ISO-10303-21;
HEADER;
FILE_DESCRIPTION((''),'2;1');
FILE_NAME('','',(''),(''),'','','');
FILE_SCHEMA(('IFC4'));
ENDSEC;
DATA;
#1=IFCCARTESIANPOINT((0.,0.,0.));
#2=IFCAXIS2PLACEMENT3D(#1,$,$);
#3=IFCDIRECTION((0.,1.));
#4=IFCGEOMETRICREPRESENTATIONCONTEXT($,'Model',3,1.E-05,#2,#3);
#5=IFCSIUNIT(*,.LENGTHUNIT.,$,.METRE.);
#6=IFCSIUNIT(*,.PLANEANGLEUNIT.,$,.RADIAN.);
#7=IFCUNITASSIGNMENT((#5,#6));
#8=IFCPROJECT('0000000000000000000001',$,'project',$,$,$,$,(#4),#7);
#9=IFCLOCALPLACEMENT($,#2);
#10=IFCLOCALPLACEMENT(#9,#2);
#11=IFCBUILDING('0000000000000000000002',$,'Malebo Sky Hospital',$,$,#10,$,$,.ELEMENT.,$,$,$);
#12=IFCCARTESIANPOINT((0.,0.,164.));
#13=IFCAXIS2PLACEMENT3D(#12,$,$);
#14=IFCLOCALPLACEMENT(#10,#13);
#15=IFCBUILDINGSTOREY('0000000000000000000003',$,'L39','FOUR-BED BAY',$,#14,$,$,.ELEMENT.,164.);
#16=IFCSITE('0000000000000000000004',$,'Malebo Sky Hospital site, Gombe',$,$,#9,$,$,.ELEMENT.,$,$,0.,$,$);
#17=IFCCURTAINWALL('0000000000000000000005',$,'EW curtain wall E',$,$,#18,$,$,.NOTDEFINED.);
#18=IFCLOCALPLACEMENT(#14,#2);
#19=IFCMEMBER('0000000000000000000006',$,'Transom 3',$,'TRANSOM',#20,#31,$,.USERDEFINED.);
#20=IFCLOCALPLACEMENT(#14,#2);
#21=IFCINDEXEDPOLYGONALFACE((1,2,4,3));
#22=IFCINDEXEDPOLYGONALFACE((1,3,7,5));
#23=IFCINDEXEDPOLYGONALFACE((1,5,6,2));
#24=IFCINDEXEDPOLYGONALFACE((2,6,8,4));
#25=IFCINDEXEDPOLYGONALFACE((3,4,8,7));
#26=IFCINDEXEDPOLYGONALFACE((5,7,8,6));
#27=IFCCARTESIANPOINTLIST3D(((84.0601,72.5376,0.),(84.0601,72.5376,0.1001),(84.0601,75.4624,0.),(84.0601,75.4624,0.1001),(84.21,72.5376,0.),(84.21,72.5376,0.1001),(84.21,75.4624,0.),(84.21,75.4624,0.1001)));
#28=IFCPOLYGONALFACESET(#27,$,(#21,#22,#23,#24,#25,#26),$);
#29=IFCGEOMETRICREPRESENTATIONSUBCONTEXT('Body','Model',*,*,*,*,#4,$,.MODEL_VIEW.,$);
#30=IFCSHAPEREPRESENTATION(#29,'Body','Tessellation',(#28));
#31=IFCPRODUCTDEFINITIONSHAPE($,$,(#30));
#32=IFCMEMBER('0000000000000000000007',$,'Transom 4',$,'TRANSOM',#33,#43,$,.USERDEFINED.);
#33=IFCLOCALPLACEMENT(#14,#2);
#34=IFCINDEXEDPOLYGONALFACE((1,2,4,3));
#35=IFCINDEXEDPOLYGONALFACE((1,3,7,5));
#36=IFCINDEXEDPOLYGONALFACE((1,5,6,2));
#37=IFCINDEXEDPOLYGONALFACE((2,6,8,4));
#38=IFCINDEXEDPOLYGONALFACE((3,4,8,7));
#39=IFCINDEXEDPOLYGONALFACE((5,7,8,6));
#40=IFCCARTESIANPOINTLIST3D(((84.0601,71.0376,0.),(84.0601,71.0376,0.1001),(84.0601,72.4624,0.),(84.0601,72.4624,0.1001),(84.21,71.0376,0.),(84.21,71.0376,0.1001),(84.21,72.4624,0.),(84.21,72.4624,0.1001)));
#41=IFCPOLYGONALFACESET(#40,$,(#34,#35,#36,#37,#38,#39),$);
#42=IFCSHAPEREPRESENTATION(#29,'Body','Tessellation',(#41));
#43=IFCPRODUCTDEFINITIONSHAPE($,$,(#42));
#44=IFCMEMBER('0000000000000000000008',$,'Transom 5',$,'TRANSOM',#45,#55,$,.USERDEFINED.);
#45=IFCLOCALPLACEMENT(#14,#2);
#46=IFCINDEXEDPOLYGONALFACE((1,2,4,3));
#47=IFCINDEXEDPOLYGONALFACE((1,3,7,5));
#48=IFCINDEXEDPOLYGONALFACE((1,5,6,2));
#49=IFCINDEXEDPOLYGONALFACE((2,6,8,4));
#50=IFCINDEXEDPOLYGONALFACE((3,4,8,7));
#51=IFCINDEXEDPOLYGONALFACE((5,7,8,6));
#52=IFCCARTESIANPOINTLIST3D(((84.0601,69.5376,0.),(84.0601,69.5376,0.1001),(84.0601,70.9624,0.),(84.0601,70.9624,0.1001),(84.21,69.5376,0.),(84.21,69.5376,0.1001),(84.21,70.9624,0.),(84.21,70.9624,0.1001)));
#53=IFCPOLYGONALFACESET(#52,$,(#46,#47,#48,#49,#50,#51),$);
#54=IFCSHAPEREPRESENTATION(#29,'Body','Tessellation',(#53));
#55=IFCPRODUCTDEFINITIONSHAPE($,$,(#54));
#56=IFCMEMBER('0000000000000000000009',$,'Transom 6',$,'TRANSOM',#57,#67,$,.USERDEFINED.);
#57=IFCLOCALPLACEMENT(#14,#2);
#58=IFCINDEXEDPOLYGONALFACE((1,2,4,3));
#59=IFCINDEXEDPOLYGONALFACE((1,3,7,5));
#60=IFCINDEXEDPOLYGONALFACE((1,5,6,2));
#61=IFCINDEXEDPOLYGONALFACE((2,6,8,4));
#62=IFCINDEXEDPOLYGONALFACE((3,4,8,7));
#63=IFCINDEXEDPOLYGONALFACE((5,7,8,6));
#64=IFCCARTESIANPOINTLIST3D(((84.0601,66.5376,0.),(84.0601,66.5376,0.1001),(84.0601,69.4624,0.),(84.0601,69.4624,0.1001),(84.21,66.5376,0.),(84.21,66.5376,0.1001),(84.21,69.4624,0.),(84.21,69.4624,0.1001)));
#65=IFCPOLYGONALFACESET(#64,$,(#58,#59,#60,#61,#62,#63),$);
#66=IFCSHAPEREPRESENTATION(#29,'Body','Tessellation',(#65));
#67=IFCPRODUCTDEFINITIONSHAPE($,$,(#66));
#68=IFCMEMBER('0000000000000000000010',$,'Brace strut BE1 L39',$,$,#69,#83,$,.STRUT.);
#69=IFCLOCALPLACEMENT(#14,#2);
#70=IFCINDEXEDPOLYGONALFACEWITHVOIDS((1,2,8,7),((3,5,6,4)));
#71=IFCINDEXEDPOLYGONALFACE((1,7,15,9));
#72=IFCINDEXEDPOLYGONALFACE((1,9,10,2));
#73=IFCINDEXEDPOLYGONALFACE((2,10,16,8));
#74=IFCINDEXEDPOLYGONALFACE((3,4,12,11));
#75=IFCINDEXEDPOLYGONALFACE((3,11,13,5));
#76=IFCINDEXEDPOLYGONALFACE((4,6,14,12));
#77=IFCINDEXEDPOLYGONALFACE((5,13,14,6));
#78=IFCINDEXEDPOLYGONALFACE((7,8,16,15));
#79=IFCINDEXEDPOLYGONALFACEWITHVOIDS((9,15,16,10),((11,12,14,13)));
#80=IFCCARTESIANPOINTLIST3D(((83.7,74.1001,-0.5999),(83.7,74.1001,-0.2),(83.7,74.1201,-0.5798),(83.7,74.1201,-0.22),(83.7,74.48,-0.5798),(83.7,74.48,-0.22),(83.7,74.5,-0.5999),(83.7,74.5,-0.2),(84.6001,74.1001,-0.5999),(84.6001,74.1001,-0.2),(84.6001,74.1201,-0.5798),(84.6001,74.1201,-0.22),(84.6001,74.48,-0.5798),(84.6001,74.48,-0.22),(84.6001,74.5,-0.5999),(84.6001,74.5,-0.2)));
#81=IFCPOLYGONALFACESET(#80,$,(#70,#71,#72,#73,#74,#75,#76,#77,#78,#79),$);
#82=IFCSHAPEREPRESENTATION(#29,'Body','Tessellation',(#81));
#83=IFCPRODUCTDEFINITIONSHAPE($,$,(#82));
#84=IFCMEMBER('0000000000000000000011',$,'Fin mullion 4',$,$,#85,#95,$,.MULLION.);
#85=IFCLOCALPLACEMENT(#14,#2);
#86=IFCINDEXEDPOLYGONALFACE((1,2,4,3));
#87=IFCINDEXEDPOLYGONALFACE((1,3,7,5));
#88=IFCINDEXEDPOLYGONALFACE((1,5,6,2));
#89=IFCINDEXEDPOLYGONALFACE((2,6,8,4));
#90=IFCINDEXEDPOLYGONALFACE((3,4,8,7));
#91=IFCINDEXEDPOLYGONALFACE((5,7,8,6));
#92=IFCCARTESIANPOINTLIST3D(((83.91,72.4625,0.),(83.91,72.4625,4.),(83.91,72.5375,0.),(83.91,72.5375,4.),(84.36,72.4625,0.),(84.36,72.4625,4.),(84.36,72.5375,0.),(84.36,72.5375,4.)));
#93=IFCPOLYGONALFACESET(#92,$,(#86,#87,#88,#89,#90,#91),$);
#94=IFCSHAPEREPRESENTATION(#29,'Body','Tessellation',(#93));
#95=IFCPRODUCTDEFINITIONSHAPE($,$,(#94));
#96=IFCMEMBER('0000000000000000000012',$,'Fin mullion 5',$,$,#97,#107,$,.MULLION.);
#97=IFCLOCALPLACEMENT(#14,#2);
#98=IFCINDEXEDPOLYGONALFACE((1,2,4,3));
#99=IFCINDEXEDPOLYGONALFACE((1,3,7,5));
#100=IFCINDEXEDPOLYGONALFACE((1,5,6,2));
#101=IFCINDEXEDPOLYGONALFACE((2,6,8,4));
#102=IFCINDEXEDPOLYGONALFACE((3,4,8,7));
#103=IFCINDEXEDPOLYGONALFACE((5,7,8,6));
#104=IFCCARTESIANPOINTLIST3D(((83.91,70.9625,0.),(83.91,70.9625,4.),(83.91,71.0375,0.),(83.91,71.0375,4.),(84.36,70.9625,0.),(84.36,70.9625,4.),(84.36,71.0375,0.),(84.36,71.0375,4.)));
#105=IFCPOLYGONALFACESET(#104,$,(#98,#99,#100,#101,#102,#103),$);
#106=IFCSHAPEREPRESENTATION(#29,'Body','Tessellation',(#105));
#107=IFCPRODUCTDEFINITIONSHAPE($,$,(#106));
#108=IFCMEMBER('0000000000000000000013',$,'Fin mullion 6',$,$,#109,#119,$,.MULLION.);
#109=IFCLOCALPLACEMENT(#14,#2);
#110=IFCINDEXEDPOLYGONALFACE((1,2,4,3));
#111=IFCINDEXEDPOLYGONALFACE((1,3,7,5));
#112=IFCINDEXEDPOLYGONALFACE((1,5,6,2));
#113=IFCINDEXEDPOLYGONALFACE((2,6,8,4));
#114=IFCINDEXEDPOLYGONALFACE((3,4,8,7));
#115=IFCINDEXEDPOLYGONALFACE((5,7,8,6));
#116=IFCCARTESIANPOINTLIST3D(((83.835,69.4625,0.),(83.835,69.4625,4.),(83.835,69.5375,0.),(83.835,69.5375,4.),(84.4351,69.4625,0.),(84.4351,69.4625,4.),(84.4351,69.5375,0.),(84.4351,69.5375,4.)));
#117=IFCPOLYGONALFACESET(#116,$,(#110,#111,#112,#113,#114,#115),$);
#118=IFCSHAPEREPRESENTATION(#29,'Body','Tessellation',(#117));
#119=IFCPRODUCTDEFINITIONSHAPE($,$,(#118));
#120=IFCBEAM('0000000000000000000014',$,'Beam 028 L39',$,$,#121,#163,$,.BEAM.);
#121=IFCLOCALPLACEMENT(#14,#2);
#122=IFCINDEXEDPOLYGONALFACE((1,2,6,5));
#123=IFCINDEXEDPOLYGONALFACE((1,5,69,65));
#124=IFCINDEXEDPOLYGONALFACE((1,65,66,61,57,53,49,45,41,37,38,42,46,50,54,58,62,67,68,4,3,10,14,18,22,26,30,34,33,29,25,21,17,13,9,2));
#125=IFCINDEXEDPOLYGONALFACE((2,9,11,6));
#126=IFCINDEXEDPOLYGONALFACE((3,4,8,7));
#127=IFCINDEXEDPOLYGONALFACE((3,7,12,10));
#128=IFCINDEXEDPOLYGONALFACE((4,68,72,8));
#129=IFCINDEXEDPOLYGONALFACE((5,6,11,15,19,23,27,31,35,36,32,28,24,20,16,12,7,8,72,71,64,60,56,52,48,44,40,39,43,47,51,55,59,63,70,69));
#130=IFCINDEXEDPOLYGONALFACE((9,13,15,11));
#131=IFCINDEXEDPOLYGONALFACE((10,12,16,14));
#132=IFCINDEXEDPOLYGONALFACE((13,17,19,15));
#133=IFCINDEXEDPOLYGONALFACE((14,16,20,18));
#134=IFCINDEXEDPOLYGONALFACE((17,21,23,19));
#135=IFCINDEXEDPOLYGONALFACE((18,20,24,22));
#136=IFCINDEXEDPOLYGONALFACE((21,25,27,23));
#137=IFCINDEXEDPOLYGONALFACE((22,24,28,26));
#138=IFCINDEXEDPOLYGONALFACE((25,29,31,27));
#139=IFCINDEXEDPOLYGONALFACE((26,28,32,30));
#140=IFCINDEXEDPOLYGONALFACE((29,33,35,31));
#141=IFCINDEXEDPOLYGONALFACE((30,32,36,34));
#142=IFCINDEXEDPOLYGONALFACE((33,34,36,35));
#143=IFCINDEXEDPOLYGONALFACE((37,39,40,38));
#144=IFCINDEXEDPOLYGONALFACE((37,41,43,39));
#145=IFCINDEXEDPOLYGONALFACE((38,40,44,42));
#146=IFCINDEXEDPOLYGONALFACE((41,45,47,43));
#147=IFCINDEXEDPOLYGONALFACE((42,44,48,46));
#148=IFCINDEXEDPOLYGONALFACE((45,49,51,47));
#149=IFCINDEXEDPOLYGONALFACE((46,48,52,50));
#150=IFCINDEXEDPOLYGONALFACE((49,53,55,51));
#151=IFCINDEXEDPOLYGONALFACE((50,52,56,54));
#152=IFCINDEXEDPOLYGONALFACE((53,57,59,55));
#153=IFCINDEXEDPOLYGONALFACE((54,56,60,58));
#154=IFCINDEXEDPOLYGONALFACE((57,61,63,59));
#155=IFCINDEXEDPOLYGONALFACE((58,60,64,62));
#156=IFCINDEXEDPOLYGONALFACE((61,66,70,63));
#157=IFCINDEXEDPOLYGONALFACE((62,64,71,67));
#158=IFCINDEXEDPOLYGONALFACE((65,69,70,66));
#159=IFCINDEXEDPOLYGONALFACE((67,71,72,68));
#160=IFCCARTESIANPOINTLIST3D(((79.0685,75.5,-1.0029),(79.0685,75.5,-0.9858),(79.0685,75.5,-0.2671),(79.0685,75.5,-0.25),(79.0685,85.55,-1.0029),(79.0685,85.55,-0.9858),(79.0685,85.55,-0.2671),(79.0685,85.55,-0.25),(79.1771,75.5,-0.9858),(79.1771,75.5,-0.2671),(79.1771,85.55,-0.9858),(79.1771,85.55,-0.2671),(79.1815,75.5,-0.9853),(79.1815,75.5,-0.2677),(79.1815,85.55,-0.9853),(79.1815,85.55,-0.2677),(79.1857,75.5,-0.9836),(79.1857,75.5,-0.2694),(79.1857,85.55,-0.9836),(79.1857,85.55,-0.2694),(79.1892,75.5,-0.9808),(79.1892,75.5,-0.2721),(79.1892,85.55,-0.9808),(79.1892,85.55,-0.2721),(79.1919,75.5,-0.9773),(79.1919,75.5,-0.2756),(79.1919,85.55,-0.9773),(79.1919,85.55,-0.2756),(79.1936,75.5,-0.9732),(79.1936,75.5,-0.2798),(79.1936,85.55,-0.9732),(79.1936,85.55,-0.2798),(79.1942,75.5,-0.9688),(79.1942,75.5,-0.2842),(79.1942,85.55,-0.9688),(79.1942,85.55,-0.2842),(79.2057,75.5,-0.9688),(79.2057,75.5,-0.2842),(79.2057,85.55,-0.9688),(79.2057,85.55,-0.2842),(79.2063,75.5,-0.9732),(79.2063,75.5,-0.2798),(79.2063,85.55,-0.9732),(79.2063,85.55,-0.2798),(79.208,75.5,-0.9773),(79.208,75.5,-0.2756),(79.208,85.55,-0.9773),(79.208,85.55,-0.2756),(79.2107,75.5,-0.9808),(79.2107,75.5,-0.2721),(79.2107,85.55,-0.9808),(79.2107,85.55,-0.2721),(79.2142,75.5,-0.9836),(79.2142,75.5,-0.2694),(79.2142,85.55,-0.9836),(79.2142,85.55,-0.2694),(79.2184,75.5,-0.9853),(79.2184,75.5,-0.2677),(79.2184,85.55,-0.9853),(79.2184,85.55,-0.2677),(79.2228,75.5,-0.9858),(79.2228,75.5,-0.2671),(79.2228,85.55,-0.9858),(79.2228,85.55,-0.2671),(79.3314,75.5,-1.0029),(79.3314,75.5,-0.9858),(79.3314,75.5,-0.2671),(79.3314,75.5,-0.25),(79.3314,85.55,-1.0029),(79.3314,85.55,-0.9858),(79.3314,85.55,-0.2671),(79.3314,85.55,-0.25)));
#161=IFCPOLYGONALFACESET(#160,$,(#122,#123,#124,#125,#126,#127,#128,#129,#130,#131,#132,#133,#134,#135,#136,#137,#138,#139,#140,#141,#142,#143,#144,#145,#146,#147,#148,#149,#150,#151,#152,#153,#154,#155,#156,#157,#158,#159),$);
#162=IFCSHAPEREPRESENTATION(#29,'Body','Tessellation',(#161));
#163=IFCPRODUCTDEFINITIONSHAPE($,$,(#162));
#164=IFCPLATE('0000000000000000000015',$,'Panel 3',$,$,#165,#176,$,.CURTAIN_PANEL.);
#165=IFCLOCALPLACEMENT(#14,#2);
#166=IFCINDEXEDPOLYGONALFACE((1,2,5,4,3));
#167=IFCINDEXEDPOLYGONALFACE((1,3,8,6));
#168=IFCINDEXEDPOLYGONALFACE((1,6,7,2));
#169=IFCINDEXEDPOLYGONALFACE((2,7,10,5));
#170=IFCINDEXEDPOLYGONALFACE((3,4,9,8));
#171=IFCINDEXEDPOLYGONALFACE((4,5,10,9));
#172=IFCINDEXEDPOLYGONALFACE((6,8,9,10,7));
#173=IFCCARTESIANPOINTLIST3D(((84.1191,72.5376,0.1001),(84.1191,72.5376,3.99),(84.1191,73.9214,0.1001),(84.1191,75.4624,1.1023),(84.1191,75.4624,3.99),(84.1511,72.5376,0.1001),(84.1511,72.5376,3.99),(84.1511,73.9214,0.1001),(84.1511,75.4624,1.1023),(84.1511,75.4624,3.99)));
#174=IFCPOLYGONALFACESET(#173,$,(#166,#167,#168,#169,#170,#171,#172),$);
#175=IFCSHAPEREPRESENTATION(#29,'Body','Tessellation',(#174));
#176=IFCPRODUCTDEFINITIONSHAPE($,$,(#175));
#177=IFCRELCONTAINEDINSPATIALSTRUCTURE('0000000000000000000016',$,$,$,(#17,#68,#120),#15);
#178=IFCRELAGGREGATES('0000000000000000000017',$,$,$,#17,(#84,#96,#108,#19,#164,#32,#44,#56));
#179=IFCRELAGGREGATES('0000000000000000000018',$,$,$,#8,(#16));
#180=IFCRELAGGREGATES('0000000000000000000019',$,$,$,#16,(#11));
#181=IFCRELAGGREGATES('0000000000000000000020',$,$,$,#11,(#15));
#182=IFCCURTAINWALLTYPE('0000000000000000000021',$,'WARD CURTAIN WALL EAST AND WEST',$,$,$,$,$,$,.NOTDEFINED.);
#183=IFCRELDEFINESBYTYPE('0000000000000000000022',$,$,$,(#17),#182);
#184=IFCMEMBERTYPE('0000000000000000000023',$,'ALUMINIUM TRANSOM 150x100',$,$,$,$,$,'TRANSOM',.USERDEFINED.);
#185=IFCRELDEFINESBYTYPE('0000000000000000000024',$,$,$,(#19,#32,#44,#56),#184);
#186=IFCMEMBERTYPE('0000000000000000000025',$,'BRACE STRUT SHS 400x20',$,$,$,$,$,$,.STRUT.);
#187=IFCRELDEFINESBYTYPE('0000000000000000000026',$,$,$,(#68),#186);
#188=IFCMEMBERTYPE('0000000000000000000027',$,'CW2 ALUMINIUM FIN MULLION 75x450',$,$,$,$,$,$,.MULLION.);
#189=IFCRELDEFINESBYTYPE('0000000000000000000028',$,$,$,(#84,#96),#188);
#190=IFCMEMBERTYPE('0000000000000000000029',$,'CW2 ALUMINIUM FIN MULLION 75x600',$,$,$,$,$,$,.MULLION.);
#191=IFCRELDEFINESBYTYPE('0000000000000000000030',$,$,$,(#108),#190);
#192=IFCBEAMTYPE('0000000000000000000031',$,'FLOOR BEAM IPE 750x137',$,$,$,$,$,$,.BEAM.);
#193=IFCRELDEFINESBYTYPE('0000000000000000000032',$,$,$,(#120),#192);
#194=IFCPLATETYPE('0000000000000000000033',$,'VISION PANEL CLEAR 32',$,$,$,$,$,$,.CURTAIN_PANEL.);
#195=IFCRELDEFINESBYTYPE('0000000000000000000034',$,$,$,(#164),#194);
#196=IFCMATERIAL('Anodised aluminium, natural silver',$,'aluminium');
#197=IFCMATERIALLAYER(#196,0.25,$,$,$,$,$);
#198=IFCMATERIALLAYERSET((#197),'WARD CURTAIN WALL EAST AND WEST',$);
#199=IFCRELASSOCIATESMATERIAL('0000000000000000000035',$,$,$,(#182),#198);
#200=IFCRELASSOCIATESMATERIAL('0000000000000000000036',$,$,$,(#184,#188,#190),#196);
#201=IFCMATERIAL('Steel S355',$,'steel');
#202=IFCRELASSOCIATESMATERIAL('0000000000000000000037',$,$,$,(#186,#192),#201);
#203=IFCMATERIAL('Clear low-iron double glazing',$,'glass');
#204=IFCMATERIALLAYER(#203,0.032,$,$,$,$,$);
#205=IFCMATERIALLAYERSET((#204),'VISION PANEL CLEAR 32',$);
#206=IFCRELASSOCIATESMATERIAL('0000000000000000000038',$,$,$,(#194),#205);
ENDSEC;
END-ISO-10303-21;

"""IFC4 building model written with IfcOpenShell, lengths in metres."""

from ifc_helpers import new_model, si_unit, direction, frame, origin, origin_2d, place, context, subcontext, project, spatial, polyline, rectangle, hollow_rectangle, i_section, outline, extrude, material, layer, layer_set, material_profile, profile_set, type_object, element, aggregate, save


model = new_model("IFC4")

# Units and contexts
model_context = context("Model", 3, precision=1e-05, world=origin(), true_north=direction((0.0, 1.0)))
body_context = subcontext(model_context, "Body", "Model", "MODEL_VIEW")
ifc_project = project(units=[si_unit("LENGTHUNIT", "METRE"), si_unit("PLANEANGLEUNIT", "RADIAN")], contexts=[model_context])

# Site, building, storey
site_placement = place(None, origin())
site = spatial("IfcSite", under=ifc_project, at=site_placement, Name="Malebo Sky Hospital site, Gombe", CompositionType="ELEMENT", RefElevation=0.0)
building_placement = place(site_placement, origin())
building = spatial("IfcBuilding", under=site, at=building_placement, Name="Malebo Sky Hospital", CompositionType="ELEMENT")
storey_placement = place(building_placement, frame((0.0, 0.0, 164.0)))
storey = spatial("IfcBuildingStorey", under=building, at=storey_placement, Name="L39", Description="FOUR-BED BAY", CompositionType="ELEMENT", Elevation=164.0)

# Curtain wall, members
ifc_material_1 = material(Name="Anodised aluminium, natural silver", Category="aluminium")
ifc_layer_1 = layer(ifc_material_1, 0.25)
ifc_layer_set_1 = layer_set([ifc_layer_1], Name="WARD CURTAIN WALL EAST AND WEST")
curtain_wall_type = type_object("IfcCurtainWallType", Name="WARD CURTAIN WALL EAST AND WEST", PredefinedType="NOTDEFINED", material=ifc_layer_set_1)
curtain_wall_placement = place(storey_placement, origin())
curtain_wall = element("IfcCurtainWall", 1, at=curtain_wall_placement, inside=storey, type_object=curtain_wall_type, Name="EW curtain wall E", PredefinedType="NOTDEFINED")
ifc_material_profile_1 = material_profile(ifc_material_1, rectangle(XDim=0.1499, YDim=0.1001, at=origin_2d()), Name="ALUMINIUM TRANSOM 150x100")
ifc_profile_set_1 = profile_set([ifc_material_profile_1], Name="Anodised aluminium, natural silver")
member_type_1 = type_object("IfcMemberType", Name="ALUMINIUM TRANSOM 150x100", ElementType="TRANSOM", PredefinedType="USERDEFINED", material=ifc_profile_set_1)
member_1_placement = place(storey_placement, frame((84.135, 75.4624, 0.05), z_axis=(0.0, -1.0, 0.0), x_axis=(1.0, 0.0, 0.0)))
member_1 = element("IfcMember", 2, at=member_1_placement, type_object=member_type_1, Name="Transom 3", ObjectType="TRANSOM", PredefinedType="USERDEFINED", context=body_context, shape_type="SweptSolid", body=[
    extrude(rectangle(XDim=0.1499, YDim=0.1001, at=origin_2d()), origin(), (0.0, 0.0, 1.0), 2.9248),
])
member_2_placement = place(storey_placement, frame((84.135, 72.4624, 0.05), z_axis=(0.0, -1.0, 0.0), x_axis=(1.0, 0.0, 0.0)))
member_2 = element("IfcMember", 3, at=member_2_placement, type_object=member_type_1, Name="Transom 4", ObjectType="TRANSOM", PredefinedType="USERDEFINED", context=body_context, shape_type="SweptSolid", body=[
    extrude(rectangle(XDim=0.1499, YDim=0.1001, at=origin_2d()), origin(), (0.0, 0.0, 1.0), 1.4248),
])
member_3_placement = place(storey_placement, frame((84.135, 70.9624, 0.05), z_axis=(0.0, -1.0, 0.0), x_axis=(1.0, 0.0, 0.0)))
member_3 = element("IfcMember", 4, at=member_3_placement, type_object=member_type_1, Name="Transom 5", ObjectType="TRANSOM", PredefinedType="USERDEFINED", context=body_context, shape_type="SweptSolid", body=[
    extrude(rectangle(XDim=0.1499, YDim=0.1001, at=origin_2d()), origin(), (0.0, 0.0, 1.0), 1.4248),
])
member_4_placement = place(storey_placement, frame((84.135, 69.4624, 0.05), z_axis=(0.0, -1.0, 0.0), x_axis=(1.0, 0.0, 0.0)))
member_4 = element("IfcMember", 5, at=member_4_placement, type_object=member_type_1, Name="Transom 6", ObjectType="TRANSOM", PredefinedType="USERDEFINED", context=body_context, shape_type="SweptSolid", body=[
    extrude(rectangle(XDim=0.1499, YDim=0.1001, at=origin_2d()), origin(), (0.0, 0.0, 1.0), 2.9248),
])

# Members
ifc_material_2 = material(Name="Steel S355", Category="steel")
ifc_material_profile_2 = material_profile(ifc_material_2, hollow_rectangle(XDim=0.3999, YDim=0.3999, WallThickness=0.02, at=origin_2d()), Name="SHS 400x20")
ifc_profile_set_2 = profile_set([ifc_material_profile_2], Name="Steel S355")
member_type_2 = type_object("IfcMemberType", Name="BRACE STRUT SHS 400x20", PredefinedType="STRUT", material=ifc_profile_set_2)
member_5_placement = place(storey_placement, frame((84.6001, 74.3, -0.3999), z_axis=(-1.0, 0.0, 0.0), x_axis=(0.0, -1.0, 0.0)))
element("IfcMember", 6, at=member_5_placement, inside=storey, type_object=member_type_2, Name="Brace strut BE1 L39", PredefinedType="STRUT", context=body_context, shape_type="SweptSolid", body=[
    extrude(hollow_rectangle(XDim=0.3999, YDim=0.3999, WallThickness=0.02, at=origin_2d()), origin(), (0.0, 0.0, 1.0), 0.9001),
])
ifc_material_profile_3 = material_profile(ifc_material_1, rectangle(XDim=0.075, YDim=0.45, at=origin_2d()), Name="CW2 ALUMINIUM FIN MULLION 75x450")
ifc_profile_set_3 = profile_set([ifc_material_profile_3], Name="Anodised aluminium, natural silver")
member_type_3 = type_object("IfcMemberType", Name="CW2 ALUMINIUM FIN MULLION 75x450", PredefinedType="MULLION", material=ifc_profile_set_3)
member_6_placement = place(storey_placement, frame((84.135, 72.5, 0.0), z_axis=(0.0, 0.0, 1.0), x_axis=(0.0, -1.0, 0.0)))
member_6 = element("IfcMember", 7, at=member_6_placement, type_object=member_type_3, Name="Fin mullion 4", PredefinedType="MULLION", context=body_context, shape_type="SweptSolid", body=[
    extrude(rectangle(XDim=0.075, YDim=0.45, at=origin_2d()), origin(), (0.0, 0.0, 1.0), 4.0),
])
member_7_placement = place(storey_placement, frame((84.135, 71.0, 0.0), z_axis=(0.0, 0.0, 1.0), x_axis=(0.0, -1.0, 0.0)))
member_7 = element("IfcMember", 8, at=member_7_placement, type_object=member_type_3, Name="Fin mullion 5", PredefinedType="MULLION", context=body_context, shape_type="SweptSolid", body=[
    extrude(rectangle(XDim=0.075, YDim=0.45, at=origin_2d()), origin(), (0.0, 0.0, 1.0), 4.0),
])
ifc_material_profile_4 = material_profile(ifc_material_1, rectangle(XDim=0.075, YDim=0.6001, at=origin_2d()), Name="CW2 ALUMINIUM FIN MULLION 75x600")
ifc_profile_set_4 = profile_set([ifc_material_profile_4], Name="Anodised aluminium, natural silver")
member_type_4 = type_object("IfcMemberType", Name="CW2 ALUMINIUM FIN MULLION 75x600", PredefinedType="MULLION", material=ifc_profile_set_4)
member_8_placement = place(storey_placement, frame((84.135, 69.5, 0.0), z_axis=(0.0, 0.0, 1.0), x_axis=(0.0, -1.0, 0.0)))
member_8 = element("IfcMember", 9, at=member_8_placement, type_object=member_type_4, Name="Fin mullion 6", PredefinedType="MULLION", context=body_context, shape_type="SweptSolid", body=[
    extrude(rectangle(XDim=0.075, YDim=0.6001, at=origin_2d()), origin(), (0.0, 0.0, 1.0), 4.0),
])

# Beam
ifc_material_profile_5 = material_profile(ifc_material_2, i_section(OverallWidth=0.2629, OverallDepth=0.7529, WebThickness=0.0115, FlangeThickness=0.0171, FilletRadius=0.0171, at=origin_2d()), Name="IPE 750x137")
ifc_profile_set_5 = profile_set([ifc_material_profile_5], Name="Steel S355")
beam_type = type_object("IfcBeamType", Name="FLOOR BEAM IPE 750x137", PredefinedType="BEAM", material=ifc_profile_set_5)
beam_placement = place(storey_placement, frame((79.2, 75.5, -0.6265), z_axis=(0.0, 1.0, 0.0), x_axis=(-1.0, 0.0, 0.0)))
element("IfcBeam", 10, at=beam_placement, inside=storey, type_object=beam_type, Name="Beam 028 L39", PredefinedType="BEAM", context=body_context, shape_type="SweptSolid", body=[
    extrude(i_section(OverallWidth=0.2629, OverallDepth=0.7529, WebThickness=0.0115, FlangeThickness=0.0171, FilletRadius=0.0171, at=origin_2d()), origin(), (0.0, 0.0, 1.0), 10.05),
])

# Plate
ifc_material_3 = material(Name="Clear low-iron double glazing", Category="glass")
ifc_layer_2 = layer(ifc_material_3, 0.032)
ifc_layer_set_2 = layer_set([ifc_layer_2], Name="VISION PANEL CLEAR 32")
plate_type = type_object("IfcPlateType", Name="VISION PANEL CLEAR 32", PredefinedType="CURTAIN_PANEL", material=ifc_layer_set_2)
plate_1_placement = place(storey_placement, frame((84.135, 74.0, 0.1001), z_axis=(0.0, 0.0, 1.0), x_axis=(0.0, -1.0, 0.0)))
plate_1 = element("IfcPlate", 11, at=plate_1_placement, type_object=plate_type, Name="Panel 3", PredefinedType="CURTAIN_PANEL", context=body_context, shape_type="SweptSolid", body=[
    extrude(outline(polyline([(0.0786, 0.0), (1.4624, 0.0), (1.4624, 3.8899), (-1.4624, 3.8899), (-1.4624, 1.0022), (0.0786, 0.0)])), frame((0.0, 0.0161, 0.0), z_axis=(0.0, -1.0, 0.0), x_axis=(1.0, 0.0, 0.0)), (0.0, 0.0, 1.0), 0.032),
])
aggregate(curtain_wall, [member_6, member_7, member_8, member_1, plate_1, member_2, member_3, member_4])

save(model, "model.ifc")
